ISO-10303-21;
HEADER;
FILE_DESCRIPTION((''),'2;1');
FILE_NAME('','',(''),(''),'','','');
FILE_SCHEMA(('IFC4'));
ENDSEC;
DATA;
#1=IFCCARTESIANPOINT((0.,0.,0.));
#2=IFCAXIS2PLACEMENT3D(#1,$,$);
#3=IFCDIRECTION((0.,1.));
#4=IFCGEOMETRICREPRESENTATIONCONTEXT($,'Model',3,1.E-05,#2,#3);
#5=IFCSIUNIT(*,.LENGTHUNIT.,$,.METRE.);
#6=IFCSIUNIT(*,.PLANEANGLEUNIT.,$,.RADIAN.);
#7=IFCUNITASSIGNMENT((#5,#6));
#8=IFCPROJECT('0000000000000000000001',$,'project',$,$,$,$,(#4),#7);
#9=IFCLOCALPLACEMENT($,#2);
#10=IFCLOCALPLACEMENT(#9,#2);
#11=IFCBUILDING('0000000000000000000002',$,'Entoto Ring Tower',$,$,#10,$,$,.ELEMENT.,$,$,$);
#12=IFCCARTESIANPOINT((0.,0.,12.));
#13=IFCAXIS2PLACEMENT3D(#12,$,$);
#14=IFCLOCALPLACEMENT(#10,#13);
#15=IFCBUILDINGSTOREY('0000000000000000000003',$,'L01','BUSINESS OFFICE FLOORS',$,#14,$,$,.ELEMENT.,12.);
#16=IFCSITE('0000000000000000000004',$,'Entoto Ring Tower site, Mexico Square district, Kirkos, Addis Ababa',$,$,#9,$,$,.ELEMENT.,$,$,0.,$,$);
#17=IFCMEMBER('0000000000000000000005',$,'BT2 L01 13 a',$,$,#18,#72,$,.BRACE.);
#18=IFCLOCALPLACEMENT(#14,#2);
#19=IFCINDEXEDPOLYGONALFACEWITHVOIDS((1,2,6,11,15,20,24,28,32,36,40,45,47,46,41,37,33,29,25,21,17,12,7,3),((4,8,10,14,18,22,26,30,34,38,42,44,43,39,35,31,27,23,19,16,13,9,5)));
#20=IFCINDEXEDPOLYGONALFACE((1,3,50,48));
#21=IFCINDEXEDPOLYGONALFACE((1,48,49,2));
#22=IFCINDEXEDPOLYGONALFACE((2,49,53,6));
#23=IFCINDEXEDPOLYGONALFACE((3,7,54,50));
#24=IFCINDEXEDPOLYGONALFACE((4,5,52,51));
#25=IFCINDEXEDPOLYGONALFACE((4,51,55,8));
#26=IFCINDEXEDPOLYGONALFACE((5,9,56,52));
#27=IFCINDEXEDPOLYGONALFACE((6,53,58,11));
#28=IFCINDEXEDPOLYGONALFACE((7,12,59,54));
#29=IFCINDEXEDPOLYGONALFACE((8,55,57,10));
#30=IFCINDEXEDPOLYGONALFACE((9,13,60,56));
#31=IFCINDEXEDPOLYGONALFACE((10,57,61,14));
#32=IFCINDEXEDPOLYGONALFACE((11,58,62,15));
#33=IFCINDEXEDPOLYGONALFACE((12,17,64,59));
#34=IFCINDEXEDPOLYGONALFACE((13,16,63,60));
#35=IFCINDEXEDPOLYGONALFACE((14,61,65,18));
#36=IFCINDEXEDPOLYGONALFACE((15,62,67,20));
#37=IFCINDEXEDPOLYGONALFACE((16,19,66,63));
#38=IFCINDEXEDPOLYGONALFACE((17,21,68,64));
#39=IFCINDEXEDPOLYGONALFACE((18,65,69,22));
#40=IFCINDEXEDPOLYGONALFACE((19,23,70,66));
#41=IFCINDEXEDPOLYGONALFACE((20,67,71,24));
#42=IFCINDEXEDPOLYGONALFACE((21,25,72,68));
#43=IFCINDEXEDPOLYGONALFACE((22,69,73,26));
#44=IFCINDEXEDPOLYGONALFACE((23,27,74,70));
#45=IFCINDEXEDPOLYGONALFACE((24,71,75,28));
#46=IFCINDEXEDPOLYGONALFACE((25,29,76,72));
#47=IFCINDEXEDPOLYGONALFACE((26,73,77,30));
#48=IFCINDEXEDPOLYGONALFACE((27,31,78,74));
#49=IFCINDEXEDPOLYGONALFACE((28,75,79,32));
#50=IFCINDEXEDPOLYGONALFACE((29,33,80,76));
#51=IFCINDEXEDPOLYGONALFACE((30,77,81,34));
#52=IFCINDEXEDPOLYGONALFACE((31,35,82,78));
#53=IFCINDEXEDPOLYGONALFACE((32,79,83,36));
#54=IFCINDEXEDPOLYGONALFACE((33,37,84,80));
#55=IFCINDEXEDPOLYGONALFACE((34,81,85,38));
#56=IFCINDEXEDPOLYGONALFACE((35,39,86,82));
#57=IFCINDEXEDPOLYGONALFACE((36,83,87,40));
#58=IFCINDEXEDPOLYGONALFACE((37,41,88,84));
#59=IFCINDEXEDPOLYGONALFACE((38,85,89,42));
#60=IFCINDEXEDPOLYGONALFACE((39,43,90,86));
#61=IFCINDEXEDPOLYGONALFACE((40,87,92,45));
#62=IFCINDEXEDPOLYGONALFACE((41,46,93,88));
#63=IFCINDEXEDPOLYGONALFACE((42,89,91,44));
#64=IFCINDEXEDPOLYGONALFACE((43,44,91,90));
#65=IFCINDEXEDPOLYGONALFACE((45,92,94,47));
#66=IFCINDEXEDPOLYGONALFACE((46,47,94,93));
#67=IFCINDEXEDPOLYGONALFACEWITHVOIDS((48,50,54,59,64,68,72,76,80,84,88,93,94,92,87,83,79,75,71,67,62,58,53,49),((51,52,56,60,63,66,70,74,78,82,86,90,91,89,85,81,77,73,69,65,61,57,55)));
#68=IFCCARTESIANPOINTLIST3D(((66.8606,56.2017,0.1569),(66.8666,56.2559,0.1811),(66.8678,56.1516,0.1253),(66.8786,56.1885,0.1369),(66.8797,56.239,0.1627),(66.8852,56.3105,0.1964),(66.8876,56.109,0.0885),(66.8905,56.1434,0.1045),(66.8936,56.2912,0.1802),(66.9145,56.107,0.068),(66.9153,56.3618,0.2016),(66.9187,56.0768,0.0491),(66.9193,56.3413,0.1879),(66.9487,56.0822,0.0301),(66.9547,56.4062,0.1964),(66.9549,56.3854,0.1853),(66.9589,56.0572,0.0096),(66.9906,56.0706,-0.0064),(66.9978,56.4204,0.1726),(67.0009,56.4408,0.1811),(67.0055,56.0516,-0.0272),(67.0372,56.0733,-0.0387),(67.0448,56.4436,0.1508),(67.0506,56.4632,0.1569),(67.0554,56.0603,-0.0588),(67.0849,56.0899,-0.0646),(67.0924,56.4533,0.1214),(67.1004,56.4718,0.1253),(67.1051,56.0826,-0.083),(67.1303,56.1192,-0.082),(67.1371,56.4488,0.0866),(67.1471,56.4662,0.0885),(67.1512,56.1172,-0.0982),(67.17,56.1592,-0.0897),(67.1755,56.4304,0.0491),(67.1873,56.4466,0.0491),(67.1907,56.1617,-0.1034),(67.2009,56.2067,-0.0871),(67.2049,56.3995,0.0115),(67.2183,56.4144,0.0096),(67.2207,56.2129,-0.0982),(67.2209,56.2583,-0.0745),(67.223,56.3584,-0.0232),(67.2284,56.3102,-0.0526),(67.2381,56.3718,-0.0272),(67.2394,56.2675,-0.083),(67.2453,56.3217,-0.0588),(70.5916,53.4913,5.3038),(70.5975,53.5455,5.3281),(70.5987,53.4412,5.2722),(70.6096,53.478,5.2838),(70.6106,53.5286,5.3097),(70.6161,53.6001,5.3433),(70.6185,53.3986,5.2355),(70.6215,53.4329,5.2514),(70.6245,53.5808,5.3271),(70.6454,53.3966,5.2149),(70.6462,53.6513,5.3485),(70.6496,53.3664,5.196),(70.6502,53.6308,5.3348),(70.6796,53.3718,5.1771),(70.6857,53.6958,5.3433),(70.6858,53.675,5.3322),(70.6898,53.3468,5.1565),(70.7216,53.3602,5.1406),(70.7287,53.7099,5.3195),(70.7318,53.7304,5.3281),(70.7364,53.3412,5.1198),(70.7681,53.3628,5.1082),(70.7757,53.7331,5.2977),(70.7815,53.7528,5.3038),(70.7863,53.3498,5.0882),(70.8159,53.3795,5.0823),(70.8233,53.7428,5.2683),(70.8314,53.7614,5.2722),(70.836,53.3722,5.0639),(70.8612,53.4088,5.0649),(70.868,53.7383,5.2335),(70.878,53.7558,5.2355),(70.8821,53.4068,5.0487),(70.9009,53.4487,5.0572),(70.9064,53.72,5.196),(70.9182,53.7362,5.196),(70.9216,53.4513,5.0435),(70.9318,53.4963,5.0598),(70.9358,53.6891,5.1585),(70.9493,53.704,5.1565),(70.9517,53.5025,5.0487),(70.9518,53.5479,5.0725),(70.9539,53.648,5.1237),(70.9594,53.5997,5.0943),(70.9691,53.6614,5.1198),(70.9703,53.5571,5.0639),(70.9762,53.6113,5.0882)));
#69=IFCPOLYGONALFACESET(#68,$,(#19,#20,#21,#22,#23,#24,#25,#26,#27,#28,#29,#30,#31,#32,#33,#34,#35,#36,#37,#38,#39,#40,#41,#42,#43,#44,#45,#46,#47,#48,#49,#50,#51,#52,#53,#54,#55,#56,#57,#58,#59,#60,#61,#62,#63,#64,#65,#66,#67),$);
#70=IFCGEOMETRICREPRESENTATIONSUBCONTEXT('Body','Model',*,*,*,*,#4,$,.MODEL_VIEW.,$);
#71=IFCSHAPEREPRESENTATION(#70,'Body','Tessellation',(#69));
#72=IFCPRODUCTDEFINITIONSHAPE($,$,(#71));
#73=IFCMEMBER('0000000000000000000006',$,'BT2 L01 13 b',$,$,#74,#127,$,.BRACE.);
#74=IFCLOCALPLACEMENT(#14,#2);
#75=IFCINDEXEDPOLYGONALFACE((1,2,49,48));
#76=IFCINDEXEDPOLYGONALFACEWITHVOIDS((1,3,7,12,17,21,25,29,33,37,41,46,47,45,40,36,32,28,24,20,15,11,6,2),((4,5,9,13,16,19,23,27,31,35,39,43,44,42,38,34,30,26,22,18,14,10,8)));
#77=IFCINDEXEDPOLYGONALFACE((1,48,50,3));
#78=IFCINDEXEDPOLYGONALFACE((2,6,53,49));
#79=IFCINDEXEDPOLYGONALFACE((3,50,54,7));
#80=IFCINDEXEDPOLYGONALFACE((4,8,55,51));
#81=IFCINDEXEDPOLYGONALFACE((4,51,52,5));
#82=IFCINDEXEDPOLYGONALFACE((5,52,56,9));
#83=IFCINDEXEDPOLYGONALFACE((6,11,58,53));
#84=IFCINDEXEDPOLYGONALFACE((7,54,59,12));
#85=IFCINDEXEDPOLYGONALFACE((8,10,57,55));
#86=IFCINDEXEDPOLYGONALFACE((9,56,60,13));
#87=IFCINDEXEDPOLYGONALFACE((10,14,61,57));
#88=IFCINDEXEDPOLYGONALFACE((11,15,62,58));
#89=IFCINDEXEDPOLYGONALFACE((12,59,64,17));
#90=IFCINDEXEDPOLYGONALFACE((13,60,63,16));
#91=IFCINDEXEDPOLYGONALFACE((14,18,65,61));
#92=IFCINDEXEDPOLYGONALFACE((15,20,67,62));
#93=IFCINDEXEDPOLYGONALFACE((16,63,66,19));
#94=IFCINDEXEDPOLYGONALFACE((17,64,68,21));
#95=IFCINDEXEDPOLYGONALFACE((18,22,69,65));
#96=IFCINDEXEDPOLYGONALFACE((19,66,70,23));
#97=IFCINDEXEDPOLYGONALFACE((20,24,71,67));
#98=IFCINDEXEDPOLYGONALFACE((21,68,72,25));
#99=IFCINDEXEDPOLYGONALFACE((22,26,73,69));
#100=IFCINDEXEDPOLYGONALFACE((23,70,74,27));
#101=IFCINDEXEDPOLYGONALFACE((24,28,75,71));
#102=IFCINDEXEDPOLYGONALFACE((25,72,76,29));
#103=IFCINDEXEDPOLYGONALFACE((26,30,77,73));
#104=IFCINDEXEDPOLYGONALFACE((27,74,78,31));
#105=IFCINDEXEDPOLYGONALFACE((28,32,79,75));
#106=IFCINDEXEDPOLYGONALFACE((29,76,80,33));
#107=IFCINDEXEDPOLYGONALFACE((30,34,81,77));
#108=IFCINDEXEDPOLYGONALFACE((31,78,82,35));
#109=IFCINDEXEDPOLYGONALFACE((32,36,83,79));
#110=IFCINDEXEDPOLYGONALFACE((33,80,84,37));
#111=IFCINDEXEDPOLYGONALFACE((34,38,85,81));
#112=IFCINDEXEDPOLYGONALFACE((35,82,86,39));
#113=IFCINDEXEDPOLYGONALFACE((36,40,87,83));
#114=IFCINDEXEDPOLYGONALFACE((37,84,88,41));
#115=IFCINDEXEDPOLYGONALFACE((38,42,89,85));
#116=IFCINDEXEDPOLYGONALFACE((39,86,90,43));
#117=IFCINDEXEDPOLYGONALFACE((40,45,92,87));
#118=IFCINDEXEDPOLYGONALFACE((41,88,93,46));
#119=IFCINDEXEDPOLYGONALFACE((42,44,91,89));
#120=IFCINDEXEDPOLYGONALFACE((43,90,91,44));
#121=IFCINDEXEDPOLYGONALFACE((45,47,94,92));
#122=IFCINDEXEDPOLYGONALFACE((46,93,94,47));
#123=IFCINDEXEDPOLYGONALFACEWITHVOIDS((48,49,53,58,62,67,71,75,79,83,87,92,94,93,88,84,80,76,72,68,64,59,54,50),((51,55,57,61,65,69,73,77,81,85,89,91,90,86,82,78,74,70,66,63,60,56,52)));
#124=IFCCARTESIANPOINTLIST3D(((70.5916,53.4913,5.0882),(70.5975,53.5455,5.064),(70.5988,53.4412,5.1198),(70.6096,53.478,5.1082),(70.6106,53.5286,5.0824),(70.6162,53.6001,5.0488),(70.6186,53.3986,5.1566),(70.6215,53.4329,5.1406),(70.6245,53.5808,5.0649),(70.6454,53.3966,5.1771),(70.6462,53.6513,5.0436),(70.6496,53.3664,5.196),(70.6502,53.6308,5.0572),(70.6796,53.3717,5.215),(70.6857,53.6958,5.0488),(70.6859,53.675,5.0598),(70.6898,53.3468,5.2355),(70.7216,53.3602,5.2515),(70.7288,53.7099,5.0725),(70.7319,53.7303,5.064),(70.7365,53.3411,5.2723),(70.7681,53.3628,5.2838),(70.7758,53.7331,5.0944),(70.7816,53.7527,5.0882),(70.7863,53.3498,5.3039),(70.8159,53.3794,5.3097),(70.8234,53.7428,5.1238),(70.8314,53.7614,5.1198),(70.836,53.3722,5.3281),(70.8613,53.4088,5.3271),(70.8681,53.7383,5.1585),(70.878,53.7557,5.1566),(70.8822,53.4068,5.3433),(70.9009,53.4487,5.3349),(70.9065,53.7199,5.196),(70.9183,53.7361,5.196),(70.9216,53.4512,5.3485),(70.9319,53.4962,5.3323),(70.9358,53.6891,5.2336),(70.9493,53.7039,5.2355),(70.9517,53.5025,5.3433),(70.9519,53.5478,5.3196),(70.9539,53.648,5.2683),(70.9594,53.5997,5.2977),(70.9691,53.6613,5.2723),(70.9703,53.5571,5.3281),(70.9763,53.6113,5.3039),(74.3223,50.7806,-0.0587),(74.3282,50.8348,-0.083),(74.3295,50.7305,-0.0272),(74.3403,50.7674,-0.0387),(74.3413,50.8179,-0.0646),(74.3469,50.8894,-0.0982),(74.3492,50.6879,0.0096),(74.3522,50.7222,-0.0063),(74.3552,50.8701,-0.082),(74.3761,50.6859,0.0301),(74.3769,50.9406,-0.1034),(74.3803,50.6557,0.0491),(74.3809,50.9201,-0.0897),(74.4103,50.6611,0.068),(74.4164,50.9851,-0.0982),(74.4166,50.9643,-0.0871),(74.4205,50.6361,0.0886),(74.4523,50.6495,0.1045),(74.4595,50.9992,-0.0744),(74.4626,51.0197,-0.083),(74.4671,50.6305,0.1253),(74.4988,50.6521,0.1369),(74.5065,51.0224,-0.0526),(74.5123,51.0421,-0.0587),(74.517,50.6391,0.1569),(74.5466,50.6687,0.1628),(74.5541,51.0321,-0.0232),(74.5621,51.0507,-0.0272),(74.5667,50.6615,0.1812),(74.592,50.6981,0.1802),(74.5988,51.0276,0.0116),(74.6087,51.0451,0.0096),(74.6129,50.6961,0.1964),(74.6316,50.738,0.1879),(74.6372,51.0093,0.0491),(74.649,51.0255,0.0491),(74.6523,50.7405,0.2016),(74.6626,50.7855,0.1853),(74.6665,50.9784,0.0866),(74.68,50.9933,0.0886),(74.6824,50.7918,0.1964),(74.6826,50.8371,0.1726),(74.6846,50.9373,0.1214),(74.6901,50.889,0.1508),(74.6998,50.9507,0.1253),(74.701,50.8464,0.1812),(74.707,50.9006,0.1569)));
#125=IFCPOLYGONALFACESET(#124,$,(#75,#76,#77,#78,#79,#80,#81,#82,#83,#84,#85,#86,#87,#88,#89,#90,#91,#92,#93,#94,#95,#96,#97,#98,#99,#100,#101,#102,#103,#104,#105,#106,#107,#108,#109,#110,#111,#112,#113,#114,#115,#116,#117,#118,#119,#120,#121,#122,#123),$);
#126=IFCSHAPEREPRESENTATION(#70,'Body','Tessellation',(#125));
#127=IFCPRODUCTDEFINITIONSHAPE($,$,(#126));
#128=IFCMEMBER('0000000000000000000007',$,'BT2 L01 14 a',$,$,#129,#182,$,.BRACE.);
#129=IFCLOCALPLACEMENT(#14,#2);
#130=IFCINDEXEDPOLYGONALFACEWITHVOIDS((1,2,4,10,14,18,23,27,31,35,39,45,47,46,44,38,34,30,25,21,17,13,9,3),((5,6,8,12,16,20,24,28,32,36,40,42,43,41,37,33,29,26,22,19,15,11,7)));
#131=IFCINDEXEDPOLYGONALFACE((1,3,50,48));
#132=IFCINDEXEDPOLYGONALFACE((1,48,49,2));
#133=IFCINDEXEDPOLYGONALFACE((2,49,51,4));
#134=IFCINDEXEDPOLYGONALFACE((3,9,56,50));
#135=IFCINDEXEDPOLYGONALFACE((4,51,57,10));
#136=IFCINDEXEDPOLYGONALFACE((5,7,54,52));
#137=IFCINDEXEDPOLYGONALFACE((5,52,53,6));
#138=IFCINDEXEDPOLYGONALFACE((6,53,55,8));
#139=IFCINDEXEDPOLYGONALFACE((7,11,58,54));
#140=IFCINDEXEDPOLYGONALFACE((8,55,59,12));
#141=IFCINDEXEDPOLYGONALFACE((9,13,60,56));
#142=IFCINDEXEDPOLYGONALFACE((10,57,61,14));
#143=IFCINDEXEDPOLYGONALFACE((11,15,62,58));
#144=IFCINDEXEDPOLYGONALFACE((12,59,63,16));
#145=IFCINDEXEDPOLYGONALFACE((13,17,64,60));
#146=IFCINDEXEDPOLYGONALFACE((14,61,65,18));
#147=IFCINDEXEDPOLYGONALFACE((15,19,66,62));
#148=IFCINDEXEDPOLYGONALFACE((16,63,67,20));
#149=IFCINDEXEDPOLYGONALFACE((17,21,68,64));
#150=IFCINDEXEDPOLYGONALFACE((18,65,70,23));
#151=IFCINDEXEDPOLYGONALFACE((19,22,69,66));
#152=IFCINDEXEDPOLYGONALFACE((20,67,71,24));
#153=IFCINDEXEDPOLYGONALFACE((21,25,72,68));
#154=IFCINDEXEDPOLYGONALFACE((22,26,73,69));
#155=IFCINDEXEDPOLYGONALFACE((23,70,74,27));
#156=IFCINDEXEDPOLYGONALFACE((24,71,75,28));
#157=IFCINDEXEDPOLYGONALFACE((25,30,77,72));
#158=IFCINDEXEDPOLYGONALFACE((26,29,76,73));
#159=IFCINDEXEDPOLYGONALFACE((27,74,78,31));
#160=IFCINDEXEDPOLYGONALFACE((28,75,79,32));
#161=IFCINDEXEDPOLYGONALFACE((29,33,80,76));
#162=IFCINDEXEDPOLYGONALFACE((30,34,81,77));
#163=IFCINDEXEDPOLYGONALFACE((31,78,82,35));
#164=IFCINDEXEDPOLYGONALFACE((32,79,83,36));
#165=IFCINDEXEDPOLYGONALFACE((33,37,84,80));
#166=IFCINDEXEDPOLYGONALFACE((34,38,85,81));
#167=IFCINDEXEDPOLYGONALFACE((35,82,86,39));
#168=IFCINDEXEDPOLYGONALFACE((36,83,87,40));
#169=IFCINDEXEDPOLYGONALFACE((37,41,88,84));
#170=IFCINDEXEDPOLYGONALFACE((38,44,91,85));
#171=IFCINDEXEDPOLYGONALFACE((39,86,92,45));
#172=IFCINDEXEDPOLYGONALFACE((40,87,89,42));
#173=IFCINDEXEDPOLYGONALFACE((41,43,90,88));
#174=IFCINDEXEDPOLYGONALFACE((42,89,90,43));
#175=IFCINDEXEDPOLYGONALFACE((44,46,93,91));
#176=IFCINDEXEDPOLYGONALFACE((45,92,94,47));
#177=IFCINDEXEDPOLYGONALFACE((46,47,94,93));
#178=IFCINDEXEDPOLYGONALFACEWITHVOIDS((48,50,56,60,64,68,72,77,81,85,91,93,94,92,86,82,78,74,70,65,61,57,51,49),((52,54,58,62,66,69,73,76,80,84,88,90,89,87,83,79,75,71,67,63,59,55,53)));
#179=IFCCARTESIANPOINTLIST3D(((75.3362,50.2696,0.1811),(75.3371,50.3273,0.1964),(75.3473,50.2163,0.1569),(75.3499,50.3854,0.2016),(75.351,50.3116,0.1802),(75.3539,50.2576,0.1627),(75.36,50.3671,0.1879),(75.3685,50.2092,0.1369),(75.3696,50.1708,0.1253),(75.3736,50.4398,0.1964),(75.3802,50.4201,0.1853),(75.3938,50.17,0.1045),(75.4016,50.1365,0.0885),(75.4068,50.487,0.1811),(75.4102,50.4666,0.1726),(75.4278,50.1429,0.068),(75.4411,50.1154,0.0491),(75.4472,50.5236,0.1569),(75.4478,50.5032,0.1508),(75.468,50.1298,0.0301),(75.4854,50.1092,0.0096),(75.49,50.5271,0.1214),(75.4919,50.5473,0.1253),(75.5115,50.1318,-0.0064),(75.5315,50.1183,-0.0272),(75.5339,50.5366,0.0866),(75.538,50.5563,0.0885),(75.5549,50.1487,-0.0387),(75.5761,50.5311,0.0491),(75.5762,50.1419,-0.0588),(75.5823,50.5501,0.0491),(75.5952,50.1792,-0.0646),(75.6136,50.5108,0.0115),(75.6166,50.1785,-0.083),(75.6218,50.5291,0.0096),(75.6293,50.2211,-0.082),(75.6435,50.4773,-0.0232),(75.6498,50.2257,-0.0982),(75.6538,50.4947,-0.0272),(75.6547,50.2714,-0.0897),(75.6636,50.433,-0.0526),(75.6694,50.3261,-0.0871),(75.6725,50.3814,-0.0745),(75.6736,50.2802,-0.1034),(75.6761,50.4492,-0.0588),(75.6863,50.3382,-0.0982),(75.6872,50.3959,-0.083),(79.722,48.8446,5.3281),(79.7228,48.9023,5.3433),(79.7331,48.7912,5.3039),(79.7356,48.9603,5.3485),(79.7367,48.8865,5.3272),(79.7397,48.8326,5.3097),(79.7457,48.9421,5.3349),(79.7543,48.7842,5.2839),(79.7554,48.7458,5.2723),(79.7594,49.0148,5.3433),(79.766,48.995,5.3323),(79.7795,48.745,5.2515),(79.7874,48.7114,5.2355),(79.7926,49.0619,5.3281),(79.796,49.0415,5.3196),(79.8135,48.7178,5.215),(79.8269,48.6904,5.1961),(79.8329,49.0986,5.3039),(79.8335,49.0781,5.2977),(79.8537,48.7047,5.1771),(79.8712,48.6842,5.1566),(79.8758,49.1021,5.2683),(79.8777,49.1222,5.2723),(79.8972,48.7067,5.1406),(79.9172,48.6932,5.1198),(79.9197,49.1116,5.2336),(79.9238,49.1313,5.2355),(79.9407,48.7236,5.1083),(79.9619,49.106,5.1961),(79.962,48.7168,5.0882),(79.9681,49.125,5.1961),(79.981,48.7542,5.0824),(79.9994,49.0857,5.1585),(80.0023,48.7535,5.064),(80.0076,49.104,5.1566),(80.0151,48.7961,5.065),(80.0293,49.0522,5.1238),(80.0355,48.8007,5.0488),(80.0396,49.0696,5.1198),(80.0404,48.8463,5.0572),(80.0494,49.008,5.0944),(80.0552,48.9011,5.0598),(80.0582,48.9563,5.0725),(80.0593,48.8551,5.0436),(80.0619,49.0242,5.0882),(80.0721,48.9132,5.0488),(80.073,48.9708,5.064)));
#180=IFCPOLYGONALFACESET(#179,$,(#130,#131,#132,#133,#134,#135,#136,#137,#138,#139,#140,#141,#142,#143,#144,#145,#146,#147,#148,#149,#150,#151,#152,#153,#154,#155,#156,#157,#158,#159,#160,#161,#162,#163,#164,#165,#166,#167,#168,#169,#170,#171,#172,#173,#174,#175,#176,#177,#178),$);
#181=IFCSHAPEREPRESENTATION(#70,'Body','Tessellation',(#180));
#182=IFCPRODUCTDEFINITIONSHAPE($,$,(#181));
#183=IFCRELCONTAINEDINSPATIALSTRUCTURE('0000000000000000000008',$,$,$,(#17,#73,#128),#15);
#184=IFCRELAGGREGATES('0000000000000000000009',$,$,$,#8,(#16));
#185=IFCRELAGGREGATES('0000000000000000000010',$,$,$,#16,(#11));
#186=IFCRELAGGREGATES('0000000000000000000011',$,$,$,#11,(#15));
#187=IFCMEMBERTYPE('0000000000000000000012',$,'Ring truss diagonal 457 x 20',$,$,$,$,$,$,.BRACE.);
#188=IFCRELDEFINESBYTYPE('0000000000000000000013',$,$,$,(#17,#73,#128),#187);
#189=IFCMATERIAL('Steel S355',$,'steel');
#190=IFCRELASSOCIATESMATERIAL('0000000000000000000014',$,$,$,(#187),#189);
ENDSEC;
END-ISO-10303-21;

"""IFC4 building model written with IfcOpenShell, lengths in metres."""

from ifc_helpers import new_model, si_unit, direction, frame, origin, origin_2d, place, context, subcontext, project, spatial, circle, hollow_circle, extrude, material, material_profile, profile_set, type_object, element, save


model = new_model("IFC4")

# Units and contexts
model_context = context("Model", 3, precision=1e-05, world=origin(), true_north=direction((0.0, 1.0)))
body_context = subcontext(model_context, "Body", "Model", "MODEL_VIEW")
ifc_project = project(units=[si_unit("LENGTHUNIT", "METRE"), si_unit("PLANEANGLEUNIT", "RADIAN")], contexts=[model_context])

# Site, building, storey
site_placement = place(None, origin())
site = spatial("IfcSite", under=ifc_project, at=site_placement, Name="Entoto Ring Tower site, Mexico Square district, Kirkos, Addis Ababa", CompositionType="ELEMENT", RefElevation=0.0)
building_placement = place(site_placement, origin())
building = spatial("IfcBuilding", under=site, at=building_placement, Name="Entoto Ring Tower", CompositionType="ELEMENT")
storey_placement = place(building_placement, frame((0.0, 0.0, 12.0)))
storey = spatial("IfcBuildingStorey", under=building, at=storey_placement, Name="L01", Description="BUSINESS OFFICE FLOORS", CompositionType="ELEMENT", Elevation=12.0)

# Members
ifc_material_1 = material(Name="Steel S355", Category="steel")
ifc_material_profile_1 = material_profile(ifc_material_1, hollow_circle(Radius=0.2285, WallThickness=0.02, at=origin_2d()), Name="CHS 457 x 20")
ifc_material_2 = material(Name="Concrete C60/75", Category="concrete")
ifc_material_profile_2 = material_profile(ifc_material_2, circle(Radius=0.2085, at=origin_2d()), Name="Concrete C60/75 infill")
ifc_profile_set_1 = profile_set([ifc_material_profile_1, ifc_material_profile_2], Name="Steel S355")
member_type_1 = type_object("IfcMemberType", Name="Ring truss diagonal 457 x 20", PredefinedType="BRACE", material=ifc_profile_set_1)
for number, where, z_axis, x_axis, name in (
    (1, (67.053, 56.2617, 0.0491), (0.53988, -0.39221, 0.744782), (0.58775, 0.809043, 0.0), "BT2 L01 13 a"),
    (2, (70.7839, 53.5513, 5.196), (0.539848, -0.392247, -0.744786), (0.58781, 0.808999, 0.0), "BT2 L01 13 b"),
    (3, (75.5117, 50.3328, 0.0491), (0.634637, -0.206211, 0.744791), (0.309024, 0.951054, 0.0), "BT2 L01 14 a"),
):
    element("IfcMember", number, at=place(storey_placement, frame(where, z_axis=z_axis, x_axis=x_axis)), inside=storey, type_object=member_type_1, Name=name, PredefinedType="BRACE", context=body_context, shape_type="SweptSolid", body=[
        extrude(hollow_circle(Radius=0.2285, WallThickness=0.02, at=origin_2d()), origin(), (0.0, 0.0, 1.0), 6.9106),
    ])

save(model, "model.ifc")
